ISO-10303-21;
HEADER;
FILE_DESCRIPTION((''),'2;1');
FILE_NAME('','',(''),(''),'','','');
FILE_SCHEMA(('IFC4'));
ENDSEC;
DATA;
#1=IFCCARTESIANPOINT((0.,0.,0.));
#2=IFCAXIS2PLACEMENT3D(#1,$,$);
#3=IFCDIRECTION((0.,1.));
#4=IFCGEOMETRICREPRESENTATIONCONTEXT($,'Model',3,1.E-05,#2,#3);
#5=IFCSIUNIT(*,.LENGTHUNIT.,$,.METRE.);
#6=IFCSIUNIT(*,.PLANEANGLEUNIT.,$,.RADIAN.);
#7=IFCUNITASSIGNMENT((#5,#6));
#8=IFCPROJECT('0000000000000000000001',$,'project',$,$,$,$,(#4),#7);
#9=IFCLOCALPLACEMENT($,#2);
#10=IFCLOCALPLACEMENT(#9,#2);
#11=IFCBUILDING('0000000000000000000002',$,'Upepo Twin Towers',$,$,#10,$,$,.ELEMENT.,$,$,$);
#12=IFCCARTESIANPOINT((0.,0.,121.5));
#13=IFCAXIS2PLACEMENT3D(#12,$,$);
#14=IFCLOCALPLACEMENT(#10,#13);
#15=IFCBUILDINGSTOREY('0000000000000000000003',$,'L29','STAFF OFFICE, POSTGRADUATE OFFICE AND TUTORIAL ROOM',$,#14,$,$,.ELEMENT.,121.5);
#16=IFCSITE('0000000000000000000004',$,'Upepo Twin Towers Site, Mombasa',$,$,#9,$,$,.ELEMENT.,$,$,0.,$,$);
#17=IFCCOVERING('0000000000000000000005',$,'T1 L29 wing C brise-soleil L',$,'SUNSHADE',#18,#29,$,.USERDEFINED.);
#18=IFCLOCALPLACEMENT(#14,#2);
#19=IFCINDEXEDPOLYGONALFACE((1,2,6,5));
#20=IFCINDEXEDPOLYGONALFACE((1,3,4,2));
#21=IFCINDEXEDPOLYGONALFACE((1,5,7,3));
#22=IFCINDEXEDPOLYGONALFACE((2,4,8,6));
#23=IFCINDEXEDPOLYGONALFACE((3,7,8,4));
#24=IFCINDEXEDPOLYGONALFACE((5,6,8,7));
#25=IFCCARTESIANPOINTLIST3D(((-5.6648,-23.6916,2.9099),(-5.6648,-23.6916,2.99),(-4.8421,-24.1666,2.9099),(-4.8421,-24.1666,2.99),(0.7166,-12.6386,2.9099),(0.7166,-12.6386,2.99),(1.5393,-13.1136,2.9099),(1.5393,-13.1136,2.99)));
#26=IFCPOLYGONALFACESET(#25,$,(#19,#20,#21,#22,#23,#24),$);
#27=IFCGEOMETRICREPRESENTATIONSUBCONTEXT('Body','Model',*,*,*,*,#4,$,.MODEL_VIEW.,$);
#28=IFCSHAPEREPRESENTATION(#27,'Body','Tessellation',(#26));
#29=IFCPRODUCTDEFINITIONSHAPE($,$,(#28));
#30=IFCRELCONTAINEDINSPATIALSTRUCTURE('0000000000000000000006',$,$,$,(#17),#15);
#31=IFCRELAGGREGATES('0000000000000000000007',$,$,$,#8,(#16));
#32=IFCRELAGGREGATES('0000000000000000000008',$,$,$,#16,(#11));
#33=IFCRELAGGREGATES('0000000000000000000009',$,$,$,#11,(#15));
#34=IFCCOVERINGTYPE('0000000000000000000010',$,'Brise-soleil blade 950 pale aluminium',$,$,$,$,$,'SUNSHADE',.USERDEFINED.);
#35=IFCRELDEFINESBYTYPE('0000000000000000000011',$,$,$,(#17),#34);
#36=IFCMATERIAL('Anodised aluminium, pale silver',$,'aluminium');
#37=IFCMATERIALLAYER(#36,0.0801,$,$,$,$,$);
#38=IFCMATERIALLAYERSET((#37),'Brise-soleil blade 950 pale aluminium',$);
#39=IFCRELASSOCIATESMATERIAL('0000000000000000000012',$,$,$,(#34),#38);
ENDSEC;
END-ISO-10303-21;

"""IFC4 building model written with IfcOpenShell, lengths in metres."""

from ifc_helpers import new_model, si_unit, direction, frame, origin, origin_2d, place, context, subcontext, project, spatial, rectangle, extrude, material, layer, layer_set, type_object, element, save


model = new_model("IFC4")

# Units and contexts
model_context = context("Model", 3, precision=1e-05, world=origin(), true_north=direction((0.0, 1.0)))
body_context = subcontext(model_context, "Body", "Model", "MODEL_VIEW")
ifc_project = project(units=[si_unit("LENGTHUNIT", "METRE"), si_unit("PLANEANGLEUNIT", "RADIAN")], contexts=[model_context])

# Site, building, storey
site_placement = place(None, origin())
site = spatial("IfcSite", under=ifc_project, at=site_placement, Name="Upepo Twin Towers Site, Mombasa", CompositionType="ELEMENT", RefElevation=0.0)
building_placement = place(site_placement, origin())
building = spatial("IfcBuilding", under=site, at=building_placement, Name="Upepo Twin Towers", CompositionType="ELEMENT")
storey_placement = place(building_placement, frame((0.0, 0.0, 121.5)))
storey = spatial("IfcBuildingStorey", under=building, at=storey_placement, Name="L29", Description="STAFF OFFICE, POSTGRADUATE OFFICE AND TUTORIAL ROOM", CompositionType="ELEMENT", Elevation=121.5)

# Covering
ifc_material_1 = material(Name="Anodised aluminium, pale silver", Category="aluminium")
ifc_layer_1 = layer(ifc_material_1, 0.0801)
ifc_layer_set_1 = layer_set([ifc_layer_1], Name="Brise-soleil blade 950 pale aluminium")
covering_type = type_object("IfcCoveringType", Name="Brise-soleil blade 950 pale aluminium", ElementType="SUNSHADE", PredefinedType="USERDEFINED", material=ifc_layer_set_1)
covering_placement = place(storey_placement, frame((-2.0627, -18.4026, 2.9099), z_axis=(0.0, 0.0, 1.0), x_axis=(-0.5, -0.866025, 0.0)))
element("IfcCovering", 1, at=covering_placement, inside=storey, type_object=covering_type, Name="T1 L29 wing C brise-soleil L", ObjectType="SUNSHADE", PredefinedType="USERDEFINED", context=body_context, shape_type="SweptSolid", body=[
    extrude(rectangle(XDim=12.7629, YDim=0.95, at=origin_2d()), origin(), (0.0, 0.0, 1.0), 0.0801),
])

save(model, "model.ifc")
